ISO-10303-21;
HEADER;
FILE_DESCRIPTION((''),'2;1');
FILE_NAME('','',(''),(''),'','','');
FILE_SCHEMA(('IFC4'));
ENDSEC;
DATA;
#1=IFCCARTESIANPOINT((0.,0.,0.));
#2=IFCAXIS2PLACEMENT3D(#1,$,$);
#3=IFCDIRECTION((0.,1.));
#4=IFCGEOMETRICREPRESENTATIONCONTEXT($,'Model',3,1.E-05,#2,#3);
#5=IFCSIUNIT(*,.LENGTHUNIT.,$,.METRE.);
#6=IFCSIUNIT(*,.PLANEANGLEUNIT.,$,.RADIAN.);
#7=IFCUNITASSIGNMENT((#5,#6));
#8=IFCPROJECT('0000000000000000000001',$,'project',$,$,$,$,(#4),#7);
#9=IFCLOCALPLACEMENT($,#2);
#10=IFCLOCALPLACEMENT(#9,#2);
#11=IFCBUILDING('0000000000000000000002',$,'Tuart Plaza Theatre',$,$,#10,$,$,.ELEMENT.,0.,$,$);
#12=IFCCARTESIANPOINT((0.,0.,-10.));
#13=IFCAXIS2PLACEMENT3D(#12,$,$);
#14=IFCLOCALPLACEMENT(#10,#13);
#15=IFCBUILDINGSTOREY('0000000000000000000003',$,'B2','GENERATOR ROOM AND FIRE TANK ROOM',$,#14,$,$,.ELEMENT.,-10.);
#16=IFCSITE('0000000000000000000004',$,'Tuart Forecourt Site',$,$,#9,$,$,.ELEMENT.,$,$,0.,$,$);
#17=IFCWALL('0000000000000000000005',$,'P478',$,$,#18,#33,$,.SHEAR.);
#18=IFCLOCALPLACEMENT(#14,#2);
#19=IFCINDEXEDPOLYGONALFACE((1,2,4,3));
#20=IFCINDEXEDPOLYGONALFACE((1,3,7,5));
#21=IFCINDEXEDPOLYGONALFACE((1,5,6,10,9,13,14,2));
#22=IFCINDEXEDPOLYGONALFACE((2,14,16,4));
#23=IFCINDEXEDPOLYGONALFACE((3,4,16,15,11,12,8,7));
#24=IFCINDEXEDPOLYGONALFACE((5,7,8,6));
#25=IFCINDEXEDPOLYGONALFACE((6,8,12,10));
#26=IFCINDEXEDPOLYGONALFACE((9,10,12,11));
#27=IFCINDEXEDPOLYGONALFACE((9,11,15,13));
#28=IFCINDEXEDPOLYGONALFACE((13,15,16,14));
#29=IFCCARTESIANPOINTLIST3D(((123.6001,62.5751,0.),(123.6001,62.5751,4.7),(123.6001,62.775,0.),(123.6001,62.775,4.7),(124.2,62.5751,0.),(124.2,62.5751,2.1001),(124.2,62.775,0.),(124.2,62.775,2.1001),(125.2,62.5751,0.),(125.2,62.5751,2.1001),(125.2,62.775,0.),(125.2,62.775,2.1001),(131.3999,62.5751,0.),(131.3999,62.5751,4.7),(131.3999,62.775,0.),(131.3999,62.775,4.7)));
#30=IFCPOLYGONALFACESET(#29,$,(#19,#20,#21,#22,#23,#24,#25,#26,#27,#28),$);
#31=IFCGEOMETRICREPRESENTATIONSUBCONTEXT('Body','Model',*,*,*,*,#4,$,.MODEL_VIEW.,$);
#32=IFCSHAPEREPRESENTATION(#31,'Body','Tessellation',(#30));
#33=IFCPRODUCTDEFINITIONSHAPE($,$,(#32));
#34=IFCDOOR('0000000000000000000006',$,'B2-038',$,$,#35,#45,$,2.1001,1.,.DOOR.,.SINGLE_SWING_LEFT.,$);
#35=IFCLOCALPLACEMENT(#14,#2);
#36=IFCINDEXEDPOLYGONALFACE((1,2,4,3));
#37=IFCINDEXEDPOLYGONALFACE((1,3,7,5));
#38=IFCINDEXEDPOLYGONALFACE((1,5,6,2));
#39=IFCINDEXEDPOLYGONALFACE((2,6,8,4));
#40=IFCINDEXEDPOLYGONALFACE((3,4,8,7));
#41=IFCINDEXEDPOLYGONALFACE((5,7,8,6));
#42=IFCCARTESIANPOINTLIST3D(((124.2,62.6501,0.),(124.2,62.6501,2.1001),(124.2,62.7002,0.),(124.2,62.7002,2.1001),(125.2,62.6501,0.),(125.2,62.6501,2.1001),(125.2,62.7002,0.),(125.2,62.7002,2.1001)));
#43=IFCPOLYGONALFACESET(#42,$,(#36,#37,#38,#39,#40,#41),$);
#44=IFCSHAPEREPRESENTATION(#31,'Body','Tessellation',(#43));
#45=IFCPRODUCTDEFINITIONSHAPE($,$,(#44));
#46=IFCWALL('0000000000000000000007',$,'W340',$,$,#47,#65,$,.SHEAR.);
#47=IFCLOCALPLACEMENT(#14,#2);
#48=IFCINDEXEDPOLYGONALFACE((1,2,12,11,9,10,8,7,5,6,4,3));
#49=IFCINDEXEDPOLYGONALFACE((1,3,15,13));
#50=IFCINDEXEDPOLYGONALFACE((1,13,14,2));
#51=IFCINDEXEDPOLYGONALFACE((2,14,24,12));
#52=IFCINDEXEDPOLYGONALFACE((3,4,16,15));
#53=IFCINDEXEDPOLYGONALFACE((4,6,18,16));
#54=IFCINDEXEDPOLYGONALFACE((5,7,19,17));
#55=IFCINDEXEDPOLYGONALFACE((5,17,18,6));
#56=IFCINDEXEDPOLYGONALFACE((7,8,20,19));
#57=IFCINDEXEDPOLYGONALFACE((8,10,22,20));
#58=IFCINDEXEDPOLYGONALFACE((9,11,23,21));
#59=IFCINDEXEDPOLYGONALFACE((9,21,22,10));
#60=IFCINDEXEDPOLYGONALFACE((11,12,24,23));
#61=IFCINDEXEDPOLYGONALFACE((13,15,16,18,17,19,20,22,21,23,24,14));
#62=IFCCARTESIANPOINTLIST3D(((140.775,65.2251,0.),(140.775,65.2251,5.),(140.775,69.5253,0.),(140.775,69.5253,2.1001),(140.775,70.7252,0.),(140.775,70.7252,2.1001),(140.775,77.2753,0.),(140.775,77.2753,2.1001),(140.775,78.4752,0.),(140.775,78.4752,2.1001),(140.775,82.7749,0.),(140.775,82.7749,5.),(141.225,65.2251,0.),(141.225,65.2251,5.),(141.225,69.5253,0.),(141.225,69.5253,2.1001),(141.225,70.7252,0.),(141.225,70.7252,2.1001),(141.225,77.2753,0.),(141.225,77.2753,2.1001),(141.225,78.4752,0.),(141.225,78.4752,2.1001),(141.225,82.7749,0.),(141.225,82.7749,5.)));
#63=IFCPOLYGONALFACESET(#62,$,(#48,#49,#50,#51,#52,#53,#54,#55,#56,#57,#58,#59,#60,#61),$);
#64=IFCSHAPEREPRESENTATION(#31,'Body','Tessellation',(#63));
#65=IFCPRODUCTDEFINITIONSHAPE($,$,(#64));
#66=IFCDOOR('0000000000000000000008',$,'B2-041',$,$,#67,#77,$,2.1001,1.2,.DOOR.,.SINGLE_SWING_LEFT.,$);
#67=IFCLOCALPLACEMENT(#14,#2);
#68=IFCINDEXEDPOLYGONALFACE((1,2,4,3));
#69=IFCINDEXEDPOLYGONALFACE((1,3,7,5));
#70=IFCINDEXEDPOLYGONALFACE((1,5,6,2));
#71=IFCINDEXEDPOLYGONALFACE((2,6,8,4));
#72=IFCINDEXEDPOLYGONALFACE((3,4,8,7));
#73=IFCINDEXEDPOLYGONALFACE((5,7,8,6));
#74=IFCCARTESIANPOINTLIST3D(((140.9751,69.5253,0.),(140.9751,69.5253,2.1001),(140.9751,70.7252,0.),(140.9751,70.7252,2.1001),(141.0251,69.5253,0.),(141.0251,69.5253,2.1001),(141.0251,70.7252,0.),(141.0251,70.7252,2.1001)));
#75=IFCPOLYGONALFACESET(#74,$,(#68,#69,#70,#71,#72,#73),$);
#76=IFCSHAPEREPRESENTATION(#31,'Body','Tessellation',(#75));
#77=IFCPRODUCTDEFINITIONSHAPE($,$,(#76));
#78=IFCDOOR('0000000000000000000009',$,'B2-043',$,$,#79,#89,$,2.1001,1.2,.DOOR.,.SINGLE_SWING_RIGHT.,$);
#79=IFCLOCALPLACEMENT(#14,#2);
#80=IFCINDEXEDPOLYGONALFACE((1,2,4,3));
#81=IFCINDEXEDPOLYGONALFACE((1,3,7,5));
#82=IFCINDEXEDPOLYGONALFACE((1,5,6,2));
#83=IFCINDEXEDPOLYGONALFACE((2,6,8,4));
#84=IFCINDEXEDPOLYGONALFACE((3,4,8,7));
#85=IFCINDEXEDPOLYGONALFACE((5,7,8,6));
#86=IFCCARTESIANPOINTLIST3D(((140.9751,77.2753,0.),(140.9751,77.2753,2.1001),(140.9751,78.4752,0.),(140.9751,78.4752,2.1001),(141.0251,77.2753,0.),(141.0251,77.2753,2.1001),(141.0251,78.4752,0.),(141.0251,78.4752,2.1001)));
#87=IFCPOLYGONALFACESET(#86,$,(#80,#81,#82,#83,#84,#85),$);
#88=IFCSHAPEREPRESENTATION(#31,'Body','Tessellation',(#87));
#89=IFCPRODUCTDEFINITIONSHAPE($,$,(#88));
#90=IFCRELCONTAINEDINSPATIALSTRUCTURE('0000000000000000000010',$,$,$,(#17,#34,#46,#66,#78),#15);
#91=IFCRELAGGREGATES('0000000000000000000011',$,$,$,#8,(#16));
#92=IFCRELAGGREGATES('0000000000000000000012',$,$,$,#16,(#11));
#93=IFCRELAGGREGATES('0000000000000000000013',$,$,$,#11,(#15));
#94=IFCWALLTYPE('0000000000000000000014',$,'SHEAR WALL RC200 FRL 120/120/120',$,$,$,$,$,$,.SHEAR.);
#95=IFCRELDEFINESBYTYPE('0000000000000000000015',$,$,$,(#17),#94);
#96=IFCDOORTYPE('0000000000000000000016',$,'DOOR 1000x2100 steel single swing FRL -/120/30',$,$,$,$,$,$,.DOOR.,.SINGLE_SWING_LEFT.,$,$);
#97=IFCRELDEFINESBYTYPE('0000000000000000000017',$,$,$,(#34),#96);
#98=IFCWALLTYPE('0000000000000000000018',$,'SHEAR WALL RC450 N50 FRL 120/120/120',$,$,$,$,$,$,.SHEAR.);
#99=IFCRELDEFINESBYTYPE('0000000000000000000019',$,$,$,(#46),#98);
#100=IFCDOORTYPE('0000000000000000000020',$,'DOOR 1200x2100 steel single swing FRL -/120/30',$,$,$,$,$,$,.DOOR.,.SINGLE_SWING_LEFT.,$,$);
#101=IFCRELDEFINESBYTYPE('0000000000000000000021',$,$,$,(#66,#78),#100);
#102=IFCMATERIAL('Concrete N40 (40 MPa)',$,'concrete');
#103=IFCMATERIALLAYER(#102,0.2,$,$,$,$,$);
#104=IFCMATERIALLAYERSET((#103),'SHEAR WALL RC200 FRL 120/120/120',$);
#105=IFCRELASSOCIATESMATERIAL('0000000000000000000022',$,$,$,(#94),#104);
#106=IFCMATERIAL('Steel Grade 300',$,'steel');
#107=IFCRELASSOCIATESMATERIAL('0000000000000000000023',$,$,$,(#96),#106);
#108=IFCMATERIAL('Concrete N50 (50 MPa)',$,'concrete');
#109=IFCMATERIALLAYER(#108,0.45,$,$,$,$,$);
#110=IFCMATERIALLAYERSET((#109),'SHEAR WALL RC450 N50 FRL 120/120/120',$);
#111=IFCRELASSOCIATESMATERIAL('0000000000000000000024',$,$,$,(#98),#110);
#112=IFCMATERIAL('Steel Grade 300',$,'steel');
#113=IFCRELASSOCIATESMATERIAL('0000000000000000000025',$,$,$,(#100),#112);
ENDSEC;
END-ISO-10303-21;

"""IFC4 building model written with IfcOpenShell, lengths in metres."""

from ifc_helpers import new_model, si_unit, direction, frame, frame_2d, origin, place, context, subcontext, project, spatial, rectangle, extrude, material, layer, layer_set, type_object, element, fill, save


model = new_model("IFC4")

# Units and contexts
model_context = context("Model", 3, precision=1e-05, world=origin(), true_north=direction((0.0, 1.0)))
body_context = subcontext(model_context, "Body", "Model", "MODEL_VIEW")
ifc_project = project(units=[si_unit("LENGTHUNIT", "METRE"), si_unit("PLANEANGLEUNIT", "RADIAN")], contexts=[model_context])

# Site, building, storey
site_placement = place(None, origin())
site = spatial("IfcSite", under=ifc_project, at=site_placement, Name="Tuart Forecourt Site", CompositionType="ELEMENT", RefElevation=0.0)
building_placement = place(site_placement, origin())
building = spatial("IfcBuilding", under=site, at=building_placement, Name="Tuart Plaza Theatre", CompositionType="ELEMENT", ElevationOfRefHeight=0.0)
storey_placement = place(building_placement, frame((0.0, 0.0, -10.0)))
storey = spatial("IfcBuildingStorey", under=building, at=storey_placement, Name="B2", Description="GENERATOR ROOM AND FIRE TANK ROOM", CompositionType="ELEMENT", Elevation=-10.0)

# Shared definitions
ifc_material_1 = material(Name="Concrete N40 (40 MPa)", Category="concrete")
ifc_layer_1 = layer(ifc_material_1, 0.2)
ifc_layer_set_1 = layer_set([ifc_layer_1], Name="SHEAR WALL RC200 FRL 120/120/120")
wall_type_1 = type_object("IfcWallType", Name="SHEAR WALL RC200 FRL 120/120/120", PredefinedType="SHEAR", material=ifc_layer_set_1)

# Wall, opening, door
wall_1_placement = place(storey_placement, frame((131.3999, 62.675, 0.0), z_axis=(0.0, 0.0, 1.0), x_axis=(-1.0, 0.0, 0.0)))
wall_1 = element("IfcWall", 1, at=wall_1_placement, inside=storey, type_object=wall_type_1, Name="P478", PredefinedType="SHEAR", context=body_context, shape_type="SweptSolid", body=[
    extrude(rectangle(XDim=7.7998, YDim=0.2, at=frame_2d((3.8999, 0.0))), origin(), (0.0, 0.0, 1.0), 4.7),
])
opening_1_placement = place(wall_1_placement, frame((6.2, 0.0, 0.0)))
opening_1 = element("IfcOpeningElement", 2, at=opening_1_placement, cuts=wall_1, PredefinedType="OPENING", context=body_context, shape_type="SweptSolid", body=[
    extrude(rectangle(XDim=1.0, YDim=2.1001, at=frame_2d((0.5, 1.05))), frame((0.0, 0.1099, 0.0), z_axis=(0.0, -1.0, 0.0), x_axis=(1.0, 0.0, 0.0)), (0.0, 0.0, 1.0), 0.22),
])
ifc_material_2 = material(Name="Steel Grade 300", Category="steel")
door_type_1 = type_object("IfcDoorType", Name="DOOR 1000x2100 steel single swing FRL -/120/30", OperationType="SINGLE_SWING_LEFT", PredefinedType="DOOR", material=ifc_material_2)
door_1_placement = place(opening_1_placement, origin())
door_1 = element("IfcDoor", 3, at=door_1_placement, inside=storey, type_object=door_type_1, Name="B2-038", OperationType="SINGLE_SWING_LEFT", OverallHeight=2.1001, OverallWidth=1.0, PredefinedType="DOOR", context=body_context, shape_type="SweptSolid", body=[
    extrude(rectangle(XDim=1.0, YDim=2.1001, at=frame_2d((0.5, 1.05))), frame((0.0, 0.0249, 0.0), z_axis=(0.0, -1.0, 0.0), x_axis=(1.0, 0.0, 0.0)), (0.0, 0.0, 1.0), 0.05),
])
fill(opening_1, door_1)

# Wall, openings, doors
ifc_material_3 = material(Name="Concrete N50 (50 MPa)", Category="concrete")
ifc_layer_2 = layer(ifc_material_3, 0.45)
ifc_layer_set_2 = layer_set([ifc_layer_2], Name="SHEAR WALL RC450 N50 FRL 120/120/120")
wall_type_2 = type_object("IfcWallType", Name="SHEAR WALL RC450 N50 FRL 120/120/120", PredefinedType="SHEAR", material=ifc_layer_set_2)
wall_2_placement = place(storey_placement, frame((141.0, 65.2251, 0.0), z_axis=(0.0, 0.0, 1.0), x_axis=(0.0, 1.0, 0.0)))
wall_2 = element("IfcWall", 4, at=wall_2_placement, inside=storey, type_object=wall_type_2, Name="W340", PredefinedType="SHEAR", context=body_context, shape_type="SweptSolid", body=[
    extrude(rectangle(XDim=17.5498, YDim=0.45, at=frame_2d((8.7749, 0.0))), origin(), (0.0, 0.0, 1.0), 5.0),
])
opening_2_placement = place(wall_2_placement, frame((4.3, 0.0, 0.0)))
opening_2 = element("IfcOpeningElement", 5, at=opening_2_placement, cuts=wall_2, PredefinedType="OPENING", context=body_context, shape_type="SweptSolid", body=[
    extrude(rectangle(XDim=1.2, YDim=2.1001, at=frame_2d((0.6001, 1.05))), frame((0.0, 0.2349, 0.0), z_axis=(0.0, -1.0, 0.0), x_axis=(1.0, 0.0, 0.0)), (0.0, 0.0, 1.0), 0.47),
])
opening_3_placement = place(wall_2_placement, frame((12.05, 0.0, 0.0)))
opening_3 = element("IfcOpeningElement", 6, at=opening_3_placement, cuts=wall_2, PredefinedType="OPENING", context=body_context, shape_type="SweptSolid", body=[
    extrude(rectangle(XDim=1.2, YDim=2.1001, at=frame_2d((0.6001, 1.05))), frame((0.0, 0.2349, 0.0), z_axis=(0.0, -1.0, 0.0), x_axis=(1.0, 0.0, 0.0)), (0.0, 0.0, 1.0), 0.47),
])
ifc_material_4 = material(Name="Steel Grade 300", Category="steel")
door_type_2 = type_object("IfcDoorType", Name="DOOR 1200x2100 steel single swing FRL -/120/30", OperationType="SINGLE_SWING_LEFT", PredefinedType="DOOR", material=ifc_material_4)
door_2_placement = place(opening_2_placement, origin())
door_2 = element("IfcDoor", 7, at=door_2_placement, inside=storey, type_object=door_type_2, Name="B2-041", OperationType="SINGLE_SWING_LEFT", OverallHeight=2.1001, OverallWidth=1.2, PredefinedType="DOOR", context=body_context, shape_type="SweptSolid", body=[
    extrude(rectangle(XDim=1.2, YDim=2.1001, at=frame_2d((0.6001, 1.05))), frame((0.0, 0.0249, 0.0), z_axis=(0.0, -1.0, 0.0), x_axis=(1.0, 0.0, 0.0)), (0.0, 0.0, 1.0), 0.05),
])
fill(opening_2, door_2)
door_3_placement = place(opening_3_placement, origin())
door_3 = element("IfcDoor", 8, at=door_3_placement, inside=storey, type_object=door_type_2, Name="B2-043", OperationType="SINGLE_SWING_RIGHT", OverallHeight=2.1001, OverallWidth=1.2, PredefinedType="DOOR", context=body_context, shape_type="SweptSolid", body=[
    extrude(rectangle(XDim=1.2, YDim=2.1001, at=frame_2d((0.6001, 1.05))), frame((0.0, 0.0249, 0.0), z_axis=(0.0, -1.0, 0.0), x_axis=(1.0, 0.0, 0.0)), (0.0, 0.0, 1.0), 0.05),
])
fill(opening_3, door_3)

save(model, "model.ifc")
